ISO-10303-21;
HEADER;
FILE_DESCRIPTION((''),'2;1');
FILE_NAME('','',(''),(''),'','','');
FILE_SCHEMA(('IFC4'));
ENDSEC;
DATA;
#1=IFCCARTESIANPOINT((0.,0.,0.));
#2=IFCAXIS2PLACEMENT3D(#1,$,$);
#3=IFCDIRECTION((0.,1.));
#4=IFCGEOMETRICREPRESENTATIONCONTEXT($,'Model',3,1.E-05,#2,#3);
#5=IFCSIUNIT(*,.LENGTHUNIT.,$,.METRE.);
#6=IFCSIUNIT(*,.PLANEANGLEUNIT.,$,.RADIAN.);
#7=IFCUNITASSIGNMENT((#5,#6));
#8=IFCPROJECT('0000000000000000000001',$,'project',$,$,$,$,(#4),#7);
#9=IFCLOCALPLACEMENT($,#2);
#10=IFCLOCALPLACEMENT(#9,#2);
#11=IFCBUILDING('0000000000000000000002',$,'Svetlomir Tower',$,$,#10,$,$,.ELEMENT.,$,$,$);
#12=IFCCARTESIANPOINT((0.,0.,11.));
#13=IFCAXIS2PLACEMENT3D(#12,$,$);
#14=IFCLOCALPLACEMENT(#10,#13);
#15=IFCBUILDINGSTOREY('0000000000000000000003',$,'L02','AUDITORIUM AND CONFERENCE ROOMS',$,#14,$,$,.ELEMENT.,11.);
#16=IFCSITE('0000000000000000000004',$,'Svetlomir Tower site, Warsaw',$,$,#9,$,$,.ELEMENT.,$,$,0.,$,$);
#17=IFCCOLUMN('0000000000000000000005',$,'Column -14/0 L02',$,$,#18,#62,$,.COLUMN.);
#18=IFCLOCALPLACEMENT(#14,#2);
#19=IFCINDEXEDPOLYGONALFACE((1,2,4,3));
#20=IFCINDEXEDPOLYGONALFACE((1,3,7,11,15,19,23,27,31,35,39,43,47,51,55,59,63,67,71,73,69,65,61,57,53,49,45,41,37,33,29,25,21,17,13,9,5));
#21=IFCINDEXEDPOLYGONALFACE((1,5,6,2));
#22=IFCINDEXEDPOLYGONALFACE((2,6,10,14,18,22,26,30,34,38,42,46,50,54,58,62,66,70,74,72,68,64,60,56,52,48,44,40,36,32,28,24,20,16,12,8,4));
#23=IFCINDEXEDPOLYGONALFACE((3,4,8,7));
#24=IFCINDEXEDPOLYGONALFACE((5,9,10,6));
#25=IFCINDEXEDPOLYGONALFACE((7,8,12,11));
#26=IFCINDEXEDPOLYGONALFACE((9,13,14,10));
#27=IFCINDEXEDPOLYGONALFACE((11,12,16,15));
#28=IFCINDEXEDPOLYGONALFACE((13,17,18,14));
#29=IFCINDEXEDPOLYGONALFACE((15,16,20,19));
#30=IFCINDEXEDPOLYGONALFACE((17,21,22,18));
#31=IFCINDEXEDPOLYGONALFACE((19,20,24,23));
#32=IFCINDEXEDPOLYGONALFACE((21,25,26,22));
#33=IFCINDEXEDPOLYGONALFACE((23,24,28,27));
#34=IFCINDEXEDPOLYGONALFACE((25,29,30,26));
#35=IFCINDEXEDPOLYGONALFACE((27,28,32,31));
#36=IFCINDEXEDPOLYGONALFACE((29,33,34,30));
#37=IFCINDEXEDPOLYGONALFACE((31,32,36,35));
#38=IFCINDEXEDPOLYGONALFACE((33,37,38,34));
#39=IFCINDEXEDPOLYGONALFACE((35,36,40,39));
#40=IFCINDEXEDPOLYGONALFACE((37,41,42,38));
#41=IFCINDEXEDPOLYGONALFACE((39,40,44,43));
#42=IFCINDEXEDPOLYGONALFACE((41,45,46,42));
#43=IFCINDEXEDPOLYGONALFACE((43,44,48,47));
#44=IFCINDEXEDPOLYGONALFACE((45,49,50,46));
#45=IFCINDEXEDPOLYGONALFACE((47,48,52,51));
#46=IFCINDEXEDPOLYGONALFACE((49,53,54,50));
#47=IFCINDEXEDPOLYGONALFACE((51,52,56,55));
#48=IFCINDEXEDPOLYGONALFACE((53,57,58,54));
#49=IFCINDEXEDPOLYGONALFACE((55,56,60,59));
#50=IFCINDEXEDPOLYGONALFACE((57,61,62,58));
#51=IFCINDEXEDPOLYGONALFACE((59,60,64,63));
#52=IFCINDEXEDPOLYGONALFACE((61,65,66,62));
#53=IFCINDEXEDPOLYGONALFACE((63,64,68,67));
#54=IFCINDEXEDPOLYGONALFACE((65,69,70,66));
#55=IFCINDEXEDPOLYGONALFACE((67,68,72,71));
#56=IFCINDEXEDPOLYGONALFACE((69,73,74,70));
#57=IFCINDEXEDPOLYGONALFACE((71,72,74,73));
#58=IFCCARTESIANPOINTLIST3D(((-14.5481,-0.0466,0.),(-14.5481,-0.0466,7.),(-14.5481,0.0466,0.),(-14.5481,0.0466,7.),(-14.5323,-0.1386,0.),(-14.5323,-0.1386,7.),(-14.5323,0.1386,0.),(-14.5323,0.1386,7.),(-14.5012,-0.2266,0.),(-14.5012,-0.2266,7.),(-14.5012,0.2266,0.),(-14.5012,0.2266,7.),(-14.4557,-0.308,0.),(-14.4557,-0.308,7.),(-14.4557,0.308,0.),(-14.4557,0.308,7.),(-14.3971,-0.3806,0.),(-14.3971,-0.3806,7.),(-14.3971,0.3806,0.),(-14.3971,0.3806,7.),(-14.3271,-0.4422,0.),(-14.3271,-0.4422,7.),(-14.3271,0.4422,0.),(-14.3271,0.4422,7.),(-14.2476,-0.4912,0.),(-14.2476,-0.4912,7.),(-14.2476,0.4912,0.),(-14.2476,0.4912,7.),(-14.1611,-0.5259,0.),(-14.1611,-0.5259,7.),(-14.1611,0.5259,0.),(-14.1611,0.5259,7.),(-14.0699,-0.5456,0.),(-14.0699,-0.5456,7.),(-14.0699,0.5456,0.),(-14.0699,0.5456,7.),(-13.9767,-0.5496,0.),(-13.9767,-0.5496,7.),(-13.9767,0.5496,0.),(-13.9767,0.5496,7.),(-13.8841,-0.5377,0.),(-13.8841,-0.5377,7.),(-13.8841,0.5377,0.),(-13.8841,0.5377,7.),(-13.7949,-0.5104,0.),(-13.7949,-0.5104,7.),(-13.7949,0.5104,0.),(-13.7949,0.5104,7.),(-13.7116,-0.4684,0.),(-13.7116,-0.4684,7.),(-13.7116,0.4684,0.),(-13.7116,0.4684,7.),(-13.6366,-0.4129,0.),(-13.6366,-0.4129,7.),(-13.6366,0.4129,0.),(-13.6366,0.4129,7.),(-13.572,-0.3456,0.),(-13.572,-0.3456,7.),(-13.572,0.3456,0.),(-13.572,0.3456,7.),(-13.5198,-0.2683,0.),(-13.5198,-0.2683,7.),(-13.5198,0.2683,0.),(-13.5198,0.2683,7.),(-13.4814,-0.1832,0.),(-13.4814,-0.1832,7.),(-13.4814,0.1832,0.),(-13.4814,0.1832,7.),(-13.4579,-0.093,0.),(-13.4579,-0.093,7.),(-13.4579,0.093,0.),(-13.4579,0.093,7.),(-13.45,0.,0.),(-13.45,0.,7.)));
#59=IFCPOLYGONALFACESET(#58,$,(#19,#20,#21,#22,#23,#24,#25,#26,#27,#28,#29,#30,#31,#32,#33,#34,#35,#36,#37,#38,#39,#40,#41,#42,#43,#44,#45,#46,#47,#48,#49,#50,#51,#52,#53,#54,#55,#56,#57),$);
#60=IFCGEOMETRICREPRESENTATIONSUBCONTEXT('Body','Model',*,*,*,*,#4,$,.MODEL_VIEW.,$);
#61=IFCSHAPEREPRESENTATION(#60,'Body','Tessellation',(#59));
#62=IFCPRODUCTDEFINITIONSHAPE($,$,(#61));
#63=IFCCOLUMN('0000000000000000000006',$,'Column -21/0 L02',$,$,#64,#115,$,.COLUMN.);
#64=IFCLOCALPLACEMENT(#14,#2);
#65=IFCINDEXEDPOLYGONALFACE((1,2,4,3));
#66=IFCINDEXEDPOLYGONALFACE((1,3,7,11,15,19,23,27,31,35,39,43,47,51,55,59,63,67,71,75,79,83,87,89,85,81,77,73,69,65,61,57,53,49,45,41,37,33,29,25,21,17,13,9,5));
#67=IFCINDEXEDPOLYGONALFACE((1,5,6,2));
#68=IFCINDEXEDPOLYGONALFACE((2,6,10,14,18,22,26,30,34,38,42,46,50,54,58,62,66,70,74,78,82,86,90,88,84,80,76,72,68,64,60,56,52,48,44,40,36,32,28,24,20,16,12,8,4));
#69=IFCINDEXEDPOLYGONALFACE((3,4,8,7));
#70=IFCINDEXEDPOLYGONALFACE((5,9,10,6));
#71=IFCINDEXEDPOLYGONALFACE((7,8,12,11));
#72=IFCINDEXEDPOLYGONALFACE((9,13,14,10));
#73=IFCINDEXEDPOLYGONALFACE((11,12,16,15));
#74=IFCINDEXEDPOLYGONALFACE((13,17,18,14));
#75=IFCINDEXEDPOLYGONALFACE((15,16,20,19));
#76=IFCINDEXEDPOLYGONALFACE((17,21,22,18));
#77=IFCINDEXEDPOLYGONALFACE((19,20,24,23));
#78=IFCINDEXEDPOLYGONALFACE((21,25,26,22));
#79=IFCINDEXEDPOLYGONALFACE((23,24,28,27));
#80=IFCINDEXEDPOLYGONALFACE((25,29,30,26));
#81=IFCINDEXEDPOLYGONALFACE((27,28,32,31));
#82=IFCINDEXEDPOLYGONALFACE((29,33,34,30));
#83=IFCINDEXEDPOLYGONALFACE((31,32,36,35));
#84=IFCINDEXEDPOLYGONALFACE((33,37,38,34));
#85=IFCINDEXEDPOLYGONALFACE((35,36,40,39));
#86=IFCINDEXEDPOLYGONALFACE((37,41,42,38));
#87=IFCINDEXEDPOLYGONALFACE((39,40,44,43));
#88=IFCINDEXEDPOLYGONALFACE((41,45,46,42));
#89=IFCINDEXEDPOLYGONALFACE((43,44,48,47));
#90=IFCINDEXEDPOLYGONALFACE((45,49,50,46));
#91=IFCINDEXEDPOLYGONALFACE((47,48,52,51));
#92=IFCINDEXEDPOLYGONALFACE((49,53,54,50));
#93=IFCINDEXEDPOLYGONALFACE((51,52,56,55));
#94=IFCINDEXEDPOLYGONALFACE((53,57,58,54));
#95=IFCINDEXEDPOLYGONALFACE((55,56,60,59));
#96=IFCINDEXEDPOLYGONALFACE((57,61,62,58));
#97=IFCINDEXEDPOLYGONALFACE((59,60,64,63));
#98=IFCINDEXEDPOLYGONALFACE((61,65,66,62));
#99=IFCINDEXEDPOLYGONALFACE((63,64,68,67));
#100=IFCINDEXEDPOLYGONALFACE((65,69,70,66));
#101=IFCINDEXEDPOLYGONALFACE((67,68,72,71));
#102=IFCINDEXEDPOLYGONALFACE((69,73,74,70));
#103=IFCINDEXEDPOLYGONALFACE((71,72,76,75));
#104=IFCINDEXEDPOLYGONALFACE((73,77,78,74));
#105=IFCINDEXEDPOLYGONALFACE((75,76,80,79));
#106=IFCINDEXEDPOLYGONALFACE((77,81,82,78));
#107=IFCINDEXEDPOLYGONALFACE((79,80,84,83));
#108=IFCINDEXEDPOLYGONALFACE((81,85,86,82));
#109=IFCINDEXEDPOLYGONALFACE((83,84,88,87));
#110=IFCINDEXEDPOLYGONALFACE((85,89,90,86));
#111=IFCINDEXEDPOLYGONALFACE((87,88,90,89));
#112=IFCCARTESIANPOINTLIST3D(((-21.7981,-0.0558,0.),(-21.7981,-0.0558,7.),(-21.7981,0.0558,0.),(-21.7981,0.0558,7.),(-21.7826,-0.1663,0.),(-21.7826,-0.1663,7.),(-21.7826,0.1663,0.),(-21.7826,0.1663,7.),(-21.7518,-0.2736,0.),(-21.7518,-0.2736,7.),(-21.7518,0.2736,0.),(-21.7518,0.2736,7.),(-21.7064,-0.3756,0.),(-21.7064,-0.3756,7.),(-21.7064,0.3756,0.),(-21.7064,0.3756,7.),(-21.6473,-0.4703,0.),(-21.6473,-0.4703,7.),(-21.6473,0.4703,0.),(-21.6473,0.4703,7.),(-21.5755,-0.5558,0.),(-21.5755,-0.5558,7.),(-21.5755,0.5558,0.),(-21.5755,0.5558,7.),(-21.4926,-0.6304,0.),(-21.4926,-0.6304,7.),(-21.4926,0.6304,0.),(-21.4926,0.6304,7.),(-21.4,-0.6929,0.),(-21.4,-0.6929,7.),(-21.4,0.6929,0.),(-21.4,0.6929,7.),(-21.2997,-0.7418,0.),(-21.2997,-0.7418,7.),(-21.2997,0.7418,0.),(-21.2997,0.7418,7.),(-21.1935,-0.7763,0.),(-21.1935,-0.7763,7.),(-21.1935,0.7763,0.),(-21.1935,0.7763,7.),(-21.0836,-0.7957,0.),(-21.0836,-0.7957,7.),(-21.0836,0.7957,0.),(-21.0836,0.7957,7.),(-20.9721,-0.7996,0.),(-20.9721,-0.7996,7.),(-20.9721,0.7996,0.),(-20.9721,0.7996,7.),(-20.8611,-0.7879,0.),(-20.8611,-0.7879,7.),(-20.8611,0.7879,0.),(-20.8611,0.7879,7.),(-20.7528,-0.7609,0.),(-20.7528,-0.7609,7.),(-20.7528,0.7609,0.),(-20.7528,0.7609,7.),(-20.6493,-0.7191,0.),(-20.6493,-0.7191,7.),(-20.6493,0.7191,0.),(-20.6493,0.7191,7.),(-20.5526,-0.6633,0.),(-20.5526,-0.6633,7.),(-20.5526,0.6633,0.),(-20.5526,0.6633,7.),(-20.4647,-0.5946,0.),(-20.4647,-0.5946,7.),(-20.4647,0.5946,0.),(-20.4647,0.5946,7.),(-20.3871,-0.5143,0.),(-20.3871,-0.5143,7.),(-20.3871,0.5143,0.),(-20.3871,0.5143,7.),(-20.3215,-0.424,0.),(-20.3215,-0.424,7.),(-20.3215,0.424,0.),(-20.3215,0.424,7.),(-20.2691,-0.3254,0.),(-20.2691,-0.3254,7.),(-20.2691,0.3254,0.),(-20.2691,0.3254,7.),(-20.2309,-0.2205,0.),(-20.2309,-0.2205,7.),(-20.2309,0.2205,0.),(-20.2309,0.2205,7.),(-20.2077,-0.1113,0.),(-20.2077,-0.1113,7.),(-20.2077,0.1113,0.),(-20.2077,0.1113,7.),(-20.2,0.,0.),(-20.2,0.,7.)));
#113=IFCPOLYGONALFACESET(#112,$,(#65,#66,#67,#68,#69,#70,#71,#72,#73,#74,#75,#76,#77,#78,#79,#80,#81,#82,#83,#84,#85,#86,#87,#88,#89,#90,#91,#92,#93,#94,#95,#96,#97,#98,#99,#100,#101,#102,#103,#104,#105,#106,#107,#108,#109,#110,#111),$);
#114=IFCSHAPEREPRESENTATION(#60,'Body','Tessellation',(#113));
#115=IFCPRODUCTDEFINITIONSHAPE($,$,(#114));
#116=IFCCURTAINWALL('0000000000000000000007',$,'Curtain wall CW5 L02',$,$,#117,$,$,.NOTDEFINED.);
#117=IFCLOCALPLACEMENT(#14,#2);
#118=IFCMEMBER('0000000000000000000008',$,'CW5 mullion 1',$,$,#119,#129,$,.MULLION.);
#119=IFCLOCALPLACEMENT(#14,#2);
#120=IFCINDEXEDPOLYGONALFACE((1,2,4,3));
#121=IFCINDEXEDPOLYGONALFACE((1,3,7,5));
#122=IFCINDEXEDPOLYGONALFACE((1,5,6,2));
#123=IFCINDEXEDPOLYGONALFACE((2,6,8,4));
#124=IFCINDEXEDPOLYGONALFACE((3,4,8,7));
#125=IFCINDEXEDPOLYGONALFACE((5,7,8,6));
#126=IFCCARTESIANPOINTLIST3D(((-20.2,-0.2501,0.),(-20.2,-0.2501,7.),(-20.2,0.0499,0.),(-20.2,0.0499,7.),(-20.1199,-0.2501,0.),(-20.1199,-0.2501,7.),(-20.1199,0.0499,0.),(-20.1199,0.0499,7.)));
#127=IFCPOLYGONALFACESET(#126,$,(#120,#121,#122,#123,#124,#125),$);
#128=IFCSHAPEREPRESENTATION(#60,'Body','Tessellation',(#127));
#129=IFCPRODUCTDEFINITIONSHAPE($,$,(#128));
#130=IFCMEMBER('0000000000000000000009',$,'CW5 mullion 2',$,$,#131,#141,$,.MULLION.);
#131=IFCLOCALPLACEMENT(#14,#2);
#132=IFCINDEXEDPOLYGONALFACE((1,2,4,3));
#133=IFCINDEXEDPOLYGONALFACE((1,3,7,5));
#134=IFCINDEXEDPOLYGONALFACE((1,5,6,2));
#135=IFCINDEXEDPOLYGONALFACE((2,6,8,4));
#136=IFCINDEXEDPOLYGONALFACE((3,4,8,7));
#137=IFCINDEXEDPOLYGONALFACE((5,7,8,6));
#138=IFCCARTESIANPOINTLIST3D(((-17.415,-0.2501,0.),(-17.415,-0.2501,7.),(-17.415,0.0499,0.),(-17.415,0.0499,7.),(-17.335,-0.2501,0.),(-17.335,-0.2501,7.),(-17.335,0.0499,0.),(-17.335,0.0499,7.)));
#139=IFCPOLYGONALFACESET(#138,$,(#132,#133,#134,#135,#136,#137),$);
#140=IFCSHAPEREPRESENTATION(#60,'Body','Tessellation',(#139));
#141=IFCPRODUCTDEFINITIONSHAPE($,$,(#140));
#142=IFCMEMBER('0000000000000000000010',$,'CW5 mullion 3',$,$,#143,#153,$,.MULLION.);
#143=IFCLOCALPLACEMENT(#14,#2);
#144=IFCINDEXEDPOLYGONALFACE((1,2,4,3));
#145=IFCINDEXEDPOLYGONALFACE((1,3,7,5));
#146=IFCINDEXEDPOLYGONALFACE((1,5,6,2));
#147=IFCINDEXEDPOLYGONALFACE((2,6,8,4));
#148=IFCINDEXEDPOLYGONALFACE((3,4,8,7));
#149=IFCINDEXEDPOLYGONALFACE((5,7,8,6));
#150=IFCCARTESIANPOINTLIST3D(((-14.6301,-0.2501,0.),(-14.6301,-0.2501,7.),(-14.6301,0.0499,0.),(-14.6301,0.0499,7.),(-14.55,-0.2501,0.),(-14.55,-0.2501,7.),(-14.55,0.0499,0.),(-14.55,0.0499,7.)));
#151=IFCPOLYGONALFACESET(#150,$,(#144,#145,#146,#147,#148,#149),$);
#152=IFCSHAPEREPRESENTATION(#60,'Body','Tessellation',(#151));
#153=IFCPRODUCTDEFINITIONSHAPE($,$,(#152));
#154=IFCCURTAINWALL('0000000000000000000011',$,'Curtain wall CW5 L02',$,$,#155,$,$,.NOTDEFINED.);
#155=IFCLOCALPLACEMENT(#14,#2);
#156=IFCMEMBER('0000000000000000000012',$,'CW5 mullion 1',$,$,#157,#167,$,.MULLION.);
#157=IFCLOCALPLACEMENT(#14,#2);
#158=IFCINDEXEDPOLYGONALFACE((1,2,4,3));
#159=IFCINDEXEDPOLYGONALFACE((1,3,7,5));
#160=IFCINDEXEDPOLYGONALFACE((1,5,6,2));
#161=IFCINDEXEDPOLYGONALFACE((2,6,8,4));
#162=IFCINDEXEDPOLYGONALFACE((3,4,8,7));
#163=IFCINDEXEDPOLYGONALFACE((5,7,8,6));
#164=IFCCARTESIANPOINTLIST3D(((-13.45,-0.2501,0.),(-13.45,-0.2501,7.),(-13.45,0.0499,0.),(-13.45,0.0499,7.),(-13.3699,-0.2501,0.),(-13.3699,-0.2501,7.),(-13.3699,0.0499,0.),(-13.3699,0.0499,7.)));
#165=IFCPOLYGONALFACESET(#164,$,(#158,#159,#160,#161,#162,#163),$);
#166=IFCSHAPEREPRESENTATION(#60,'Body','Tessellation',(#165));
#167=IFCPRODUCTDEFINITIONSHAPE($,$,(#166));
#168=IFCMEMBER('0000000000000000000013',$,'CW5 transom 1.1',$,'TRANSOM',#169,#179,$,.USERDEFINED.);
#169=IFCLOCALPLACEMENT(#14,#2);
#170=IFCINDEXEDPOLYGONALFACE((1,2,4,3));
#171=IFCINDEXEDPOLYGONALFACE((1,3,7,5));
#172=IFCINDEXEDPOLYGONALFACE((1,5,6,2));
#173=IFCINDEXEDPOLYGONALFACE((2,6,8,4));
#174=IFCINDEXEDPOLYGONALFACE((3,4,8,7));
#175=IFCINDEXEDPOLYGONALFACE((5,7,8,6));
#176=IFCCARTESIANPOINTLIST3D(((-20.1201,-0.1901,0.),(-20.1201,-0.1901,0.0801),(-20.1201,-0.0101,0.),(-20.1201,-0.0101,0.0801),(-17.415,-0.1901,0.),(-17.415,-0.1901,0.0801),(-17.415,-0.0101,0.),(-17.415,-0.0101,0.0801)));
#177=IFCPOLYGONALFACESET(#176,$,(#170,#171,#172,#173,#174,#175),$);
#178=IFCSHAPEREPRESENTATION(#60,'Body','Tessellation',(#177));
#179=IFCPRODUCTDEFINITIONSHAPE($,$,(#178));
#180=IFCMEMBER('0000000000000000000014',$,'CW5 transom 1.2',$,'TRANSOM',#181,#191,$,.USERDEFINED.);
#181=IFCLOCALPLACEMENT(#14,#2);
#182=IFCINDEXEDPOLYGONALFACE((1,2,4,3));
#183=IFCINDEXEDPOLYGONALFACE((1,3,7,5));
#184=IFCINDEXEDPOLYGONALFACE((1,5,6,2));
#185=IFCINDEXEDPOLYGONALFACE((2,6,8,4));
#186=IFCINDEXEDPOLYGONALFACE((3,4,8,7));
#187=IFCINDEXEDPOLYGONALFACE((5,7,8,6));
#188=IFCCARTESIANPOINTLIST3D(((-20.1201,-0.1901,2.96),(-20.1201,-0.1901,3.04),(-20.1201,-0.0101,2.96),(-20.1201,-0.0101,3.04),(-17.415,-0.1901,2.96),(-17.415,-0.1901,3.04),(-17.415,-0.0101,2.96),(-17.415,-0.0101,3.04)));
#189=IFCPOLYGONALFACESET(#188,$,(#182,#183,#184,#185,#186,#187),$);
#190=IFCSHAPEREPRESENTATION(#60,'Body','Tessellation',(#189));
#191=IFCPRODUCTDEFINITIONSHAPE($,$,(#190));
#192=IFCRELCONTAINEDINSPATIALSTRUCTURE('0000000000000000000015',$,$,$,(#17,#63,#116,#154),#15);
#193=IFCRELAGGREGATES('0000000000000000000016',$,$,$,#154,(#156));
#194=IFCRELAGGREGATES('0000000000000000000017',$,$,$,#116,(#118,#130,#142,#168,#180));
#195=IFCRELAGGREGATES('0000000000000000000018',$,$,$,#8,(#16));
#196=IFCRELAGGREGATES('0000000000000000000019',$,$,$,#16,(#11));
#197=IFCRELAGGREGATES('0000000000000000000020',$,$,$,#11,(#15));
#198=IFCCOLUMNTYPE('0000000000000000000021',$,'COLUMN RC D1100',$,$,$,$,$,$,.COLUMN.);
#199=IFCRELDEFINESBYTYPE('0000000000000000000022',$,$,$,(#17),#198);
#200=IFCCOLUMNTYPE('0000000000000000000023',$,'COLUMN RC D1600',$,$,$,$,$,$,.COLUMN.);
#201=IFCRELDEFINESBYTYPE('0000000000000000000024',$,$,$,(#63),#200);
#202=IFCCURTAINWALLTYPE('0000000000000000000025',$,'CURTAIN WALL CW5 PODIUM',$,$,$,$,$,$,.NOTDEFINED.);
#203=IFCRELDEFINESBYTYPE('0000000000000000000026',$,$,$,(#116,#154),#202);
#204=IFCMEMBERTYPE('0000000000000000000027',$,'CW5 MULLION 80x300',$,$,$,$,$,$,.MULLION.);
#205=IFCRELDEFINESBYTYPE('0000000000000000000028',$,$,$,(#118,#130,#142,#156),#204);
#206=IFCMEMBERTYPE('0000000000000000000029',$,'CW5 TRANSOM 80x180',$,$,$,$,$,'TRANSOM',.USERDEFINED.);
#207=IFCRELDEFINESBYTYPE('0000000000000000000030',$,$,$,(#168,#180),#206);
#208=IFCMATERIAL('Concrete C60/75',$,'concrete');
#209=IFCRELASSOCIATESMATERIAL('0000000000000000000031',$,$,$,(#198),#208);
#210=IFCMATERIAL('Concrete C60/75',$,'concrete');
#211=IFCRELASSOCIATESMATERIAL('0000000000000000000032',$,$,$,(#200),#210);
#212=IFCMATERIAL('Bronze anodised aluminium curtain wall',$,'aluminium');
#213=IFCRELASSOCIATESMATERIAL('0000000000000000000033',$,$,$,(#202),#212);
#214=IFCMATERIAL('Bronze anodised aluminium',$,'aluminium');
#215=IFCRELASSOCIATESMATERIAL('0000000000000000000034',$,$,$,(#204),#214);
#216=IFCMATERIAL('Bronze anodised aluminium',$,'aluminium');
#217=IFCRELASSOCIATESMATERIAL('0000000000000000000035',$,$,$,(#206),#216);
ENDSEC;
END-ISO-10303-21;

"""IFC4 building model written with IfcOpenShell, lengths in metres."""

from ifc_helpers import new_model, si_unit, direction, frame, origin, origin_2d, place, context, subcontext, project, spatial, rectangle, circle, extrude, material, material_profile, profile_set, type_object, element, aggregate, save


model = new_model("IFC4")

# Units and contexts
model_context = context("Model", 3, precision=1e-05, world=origin(), true_north=direction((0.0, 1.0)))
body_context = subcontext(model_context, "Body", "Model", "MODEL_VIEW")
ifc_project = project(units=[si_unit("LENGTHUNIT", "METRE"), si_unit("PLANEANGLEUNIT", "RADIAN")], contexts=[model_context])

# Site, building, storey
site_placement = place(None, origin())
site = spatial("IfcSite", under=ifc_project, at=site_placement, Name="Svetlomir Tower site, Warsaw", CompositionType="ELEMENT", RefElevation=0.0)
building_placement = place(site_placement, origin())
building = spatial("IfcBuilding", under=site, at=building_placement, Name="Svetlomir Tower", CompositionType="ELEMENT")
storey_placement = place(building_placement, frame((0.0, 0.0, 11.0)))
storey = spatial("IfcBuildingStorey", under=building, at=storey_placement, Name="L02", Description="AUDITORIUM AND CONFERENCE ROOMS", CompositionType="ELEMENT", Elevation=11.0)

# Columns
ifc_material_1 = material(Name="Concrete C60/75", Category="concrete")
ifc_material_profile_1 = material_profile(ifc_material_1, circle(Radius=0.55, at=origin_2d()), Name="RC D1100")
ifc_profile_set_1 = profile_set([ifc_material_profile_1], Name="Concrete C60/75")
column_type_1 = type_object("IfcColumnType", Name="COLUMN RC D1100", PredefinedType="COLUMN", material=ifc_profile_set_1)
column_1_placement = place(storey_placement, frame((-14.0, 0.0, 0.0), z_axis=(0.0, 0.0, 1.0), x_axis=(1.0, 0.0, 0.0)))
element("IfcColumn", 1, at=column_1_placement, inside=storey, type_object=column_type_1, Name="Column -14/0 L02", PredefinedType="COLUMN", context=body_context, shape_type="SweptSolid", body=[
    extrude(circle(Radius=0.55, at=origin_2d()), origin(), (0.0, 0.0, 1.0), 7.0),
])
ifc_material_2 = material(Name="Concrete C60/75", Category="concrete")
ifc_material_profile_2 = material_profile(ifc_material_2, circle(Radius=0.8, at=origin_2d()), Name="RC D1600")
ifc_profile_set_2 = profile_set([ifc_material_profile_2], Name="Concrete C60/75")
column_type_2 = type_object("IfcColumnType", Name="COLUMN RC D1600", PredefinedType="COLUMN", material=ifc_profile_set_2)
column_2_placement = place(storey_placement, frame((-21.0, 0.0, 0.0), z_axis=(0.0, 0.0, 1.0), x_axis=(1.0, 0.0, 0.0)))
element("IfcColumn", 2, at=column_2_placement, inside=storey, type_object=column_type_2, Name="Column -21/0 L02", PredefinedType="COLUMN", context=body_context, shape_type="SweptSolid", body=[
    extrude(circle(Radius=0.8, at=origin_2d()), origin(), (0.0, 0.0, 1.0), 7.0),
])

# Curtain wall, members
ifc_material_3 = material(Name="Bronze anodised aluminium curtain wall", Category="aluminium")
curtain_wall_type = type_object("IfcCurtainWallType", Name="CURTAIN WALL CW5 PODIUM", PredefinedType="NOTDEFINED", material=ifc_material_3)
curtain_wall_1_placement = place(storey_placement, origin())
curtain_wall_1 = element("IfcCurtainWall", 3, at=curtain_wall_1_placement, inside=storey, type_object=curtain_wall_type, Name="Curtain wall CW5 L02", PredefinedType="NOTDEFINED")
ifc_material_4 = material(Name="Bronze anodised aluminium", Category="aluminium")
ifc_material_profile_3 = material_profile(ifc_material_4, rectangle(XDim=0.0801, YDim=0.3, at=origin_2d()), Name="AL 80x300")
ifc_profile_set_3 = profile_set([ifc_material_profile_3], Name="Bronze anodised aluminium 6063-T6")
member_type_1 = type_object("IfcMemberType", Name="CW5 MULLION 80x300", PredefinedType="MULLION", material=ifc_profile_set_3)
member_1_placement = place(storey_placement, frame((-20.1599, -0.1001, 0.0), z_axis=(0.0, 0.0, 1.0), x_axis=(1.0, 0.0, 0.0)))
member_1 = element("IfcMember", 4, at=member_1_placement, type_object=member_type_1, Name="CW5 mullion 1", PredefinedType="MULLION", context=body_context, shape_type="SweptSolid", body=[
    extrude(rectangle(XDim=0.0801, YDim=0.3, at=origin_2d()), origin(), (0.0, 0.0, 1.0), 7.0),
])
member_2_placement = place(storey_placement, frame((-17.375, -0.1001, 0.0), z_axis=(0.0, 0.0, 1.0), x_axis=(1.0, 0.0, 0.0)))
member_2 = element("IfcMember", 5, at=member_2_placement, type_object=member_type_1, Name="CW5 mullion 2", PredefinedType="MULLION", context=body_context, shape_type="SweptSolid", body=[
    extrude(rectangle(XDim=0.0801, YDim=0.3, at=origin_2d()), origin(), (0.0, 0.0, 1.0), 7.0),
])
member_3_placement = place(storey_placement, frame((-14.5901, -0.1001, 0.0), z_axis=(0.0, 0.0, 1.0), x_axis=(1.0, 0.0, 0.0)))
member_3 = element("IfcMember", 6, at=member_3_placement, type_object=member_type_1, Name="CW5 mullion 3", PredefinedType="MULLION", context=body_context, shape_type="SweptSolid", body=[
    extrude(rectangle(XDim=0.0801, YDim=0.3, at=origin_2d()), origin(), (0.0, 0.0, 1.0), 7.0),
])

# Curtain wall, member
curtain_wall_2_placement = place(storey_placement, origin())
curtain_wall_2 = element("IfcCurtainWall", 7, at=curtain_wall_2_placement, inside=storey, type_object=curtain_wall_type, Name="Curtain wall CW5 L02", PredefinedType="NOTDEFINED")
member_4_placement = place(storey_placement, frame((-13.4099, -0.1001, 0.0), z_axis=(0.0, 0.0, 1.0), x_axis=(1.0, 0.0, 0.0)))
member_4 = element("IfcMember", 8, at=member_4_placement, type_object=member_type_1, Name="CW5 mullion 1", PredefinedType="MULLION", context=body_context, shape_type="SweptSolid", body=[
    extrude(rectangle(XDim=0.0801, YDim=0.3, at=origin_2d()), origin(), (0.0, 0.0, 1.0), 7.0),
])

# Members
ifc_material_5 = material(Name="Bronze anodised aluminium", Category="aluminium")
ifc_material_profile_4 = material_profile(ifc_material_5, rectangle(XDim=0.1799, YDim=0.0801, at=origin_2d()), Name="AL 180x80")
ifc_profile_set_4 = profile_set([ifc_material_profile_4], Name="Bronze anodised aluminium 6063-T6")
member_type_2 = type_object("IfcMemberType", Name="CW5 TRANSOM 80x180", ElementType="TRANSOM", PredefinedType="USERDEFINED", material=ifc_profile_set_4)
member_5_placement = place(storey_placement, frame((-20.1201, -0.1001, 0.04), z_axis=(1.0, 0.0, 0.0), x_axis=(0.0, 1.0, 0.0)))
member_5 = element("IfcMember", 9, at=member_5_placement, type_object=member_type_2, Name="CW5 transom 1.1", ObjectType="TRANSOM", PredefinedType="USERDEFINED", context=body_context, shape_type="SweptSolid", body=[
    extrude(rectangle(XDim=0.1799, YDim=0.0801, at=origin_2d()), origin(), (0.0, 0.0, 1.0), 2.7051),
])
member_6_placement = place(storey_placement, frame((-20.1201, -0.1001, 3.0), z_axis=(1.0, 0.0, 0.0), x_axis=(0.0, 1.0, 0.0)))
member_6 = element("IfcMember", 10, at=member_6_placement, type_object=member_type_2, Name="CW5 transom 1.2", ObjectType="TRANSOM", PredefinedType="USERDEFINED", context=body_context, shape_type="SweptSolid", body=[
    extrude(rectangle(XDim=0.1799, YDim=0.0801, at=origin_2d()), origin(), (0.0, 0.0, 1.0), 2.7051),
])
aggregate(curtain_wall_2, [member_4])

aggregate(curtain_wall_1, [member_1, member_2, member_3, member_5, member_6])

save(model, "model.ifc")
